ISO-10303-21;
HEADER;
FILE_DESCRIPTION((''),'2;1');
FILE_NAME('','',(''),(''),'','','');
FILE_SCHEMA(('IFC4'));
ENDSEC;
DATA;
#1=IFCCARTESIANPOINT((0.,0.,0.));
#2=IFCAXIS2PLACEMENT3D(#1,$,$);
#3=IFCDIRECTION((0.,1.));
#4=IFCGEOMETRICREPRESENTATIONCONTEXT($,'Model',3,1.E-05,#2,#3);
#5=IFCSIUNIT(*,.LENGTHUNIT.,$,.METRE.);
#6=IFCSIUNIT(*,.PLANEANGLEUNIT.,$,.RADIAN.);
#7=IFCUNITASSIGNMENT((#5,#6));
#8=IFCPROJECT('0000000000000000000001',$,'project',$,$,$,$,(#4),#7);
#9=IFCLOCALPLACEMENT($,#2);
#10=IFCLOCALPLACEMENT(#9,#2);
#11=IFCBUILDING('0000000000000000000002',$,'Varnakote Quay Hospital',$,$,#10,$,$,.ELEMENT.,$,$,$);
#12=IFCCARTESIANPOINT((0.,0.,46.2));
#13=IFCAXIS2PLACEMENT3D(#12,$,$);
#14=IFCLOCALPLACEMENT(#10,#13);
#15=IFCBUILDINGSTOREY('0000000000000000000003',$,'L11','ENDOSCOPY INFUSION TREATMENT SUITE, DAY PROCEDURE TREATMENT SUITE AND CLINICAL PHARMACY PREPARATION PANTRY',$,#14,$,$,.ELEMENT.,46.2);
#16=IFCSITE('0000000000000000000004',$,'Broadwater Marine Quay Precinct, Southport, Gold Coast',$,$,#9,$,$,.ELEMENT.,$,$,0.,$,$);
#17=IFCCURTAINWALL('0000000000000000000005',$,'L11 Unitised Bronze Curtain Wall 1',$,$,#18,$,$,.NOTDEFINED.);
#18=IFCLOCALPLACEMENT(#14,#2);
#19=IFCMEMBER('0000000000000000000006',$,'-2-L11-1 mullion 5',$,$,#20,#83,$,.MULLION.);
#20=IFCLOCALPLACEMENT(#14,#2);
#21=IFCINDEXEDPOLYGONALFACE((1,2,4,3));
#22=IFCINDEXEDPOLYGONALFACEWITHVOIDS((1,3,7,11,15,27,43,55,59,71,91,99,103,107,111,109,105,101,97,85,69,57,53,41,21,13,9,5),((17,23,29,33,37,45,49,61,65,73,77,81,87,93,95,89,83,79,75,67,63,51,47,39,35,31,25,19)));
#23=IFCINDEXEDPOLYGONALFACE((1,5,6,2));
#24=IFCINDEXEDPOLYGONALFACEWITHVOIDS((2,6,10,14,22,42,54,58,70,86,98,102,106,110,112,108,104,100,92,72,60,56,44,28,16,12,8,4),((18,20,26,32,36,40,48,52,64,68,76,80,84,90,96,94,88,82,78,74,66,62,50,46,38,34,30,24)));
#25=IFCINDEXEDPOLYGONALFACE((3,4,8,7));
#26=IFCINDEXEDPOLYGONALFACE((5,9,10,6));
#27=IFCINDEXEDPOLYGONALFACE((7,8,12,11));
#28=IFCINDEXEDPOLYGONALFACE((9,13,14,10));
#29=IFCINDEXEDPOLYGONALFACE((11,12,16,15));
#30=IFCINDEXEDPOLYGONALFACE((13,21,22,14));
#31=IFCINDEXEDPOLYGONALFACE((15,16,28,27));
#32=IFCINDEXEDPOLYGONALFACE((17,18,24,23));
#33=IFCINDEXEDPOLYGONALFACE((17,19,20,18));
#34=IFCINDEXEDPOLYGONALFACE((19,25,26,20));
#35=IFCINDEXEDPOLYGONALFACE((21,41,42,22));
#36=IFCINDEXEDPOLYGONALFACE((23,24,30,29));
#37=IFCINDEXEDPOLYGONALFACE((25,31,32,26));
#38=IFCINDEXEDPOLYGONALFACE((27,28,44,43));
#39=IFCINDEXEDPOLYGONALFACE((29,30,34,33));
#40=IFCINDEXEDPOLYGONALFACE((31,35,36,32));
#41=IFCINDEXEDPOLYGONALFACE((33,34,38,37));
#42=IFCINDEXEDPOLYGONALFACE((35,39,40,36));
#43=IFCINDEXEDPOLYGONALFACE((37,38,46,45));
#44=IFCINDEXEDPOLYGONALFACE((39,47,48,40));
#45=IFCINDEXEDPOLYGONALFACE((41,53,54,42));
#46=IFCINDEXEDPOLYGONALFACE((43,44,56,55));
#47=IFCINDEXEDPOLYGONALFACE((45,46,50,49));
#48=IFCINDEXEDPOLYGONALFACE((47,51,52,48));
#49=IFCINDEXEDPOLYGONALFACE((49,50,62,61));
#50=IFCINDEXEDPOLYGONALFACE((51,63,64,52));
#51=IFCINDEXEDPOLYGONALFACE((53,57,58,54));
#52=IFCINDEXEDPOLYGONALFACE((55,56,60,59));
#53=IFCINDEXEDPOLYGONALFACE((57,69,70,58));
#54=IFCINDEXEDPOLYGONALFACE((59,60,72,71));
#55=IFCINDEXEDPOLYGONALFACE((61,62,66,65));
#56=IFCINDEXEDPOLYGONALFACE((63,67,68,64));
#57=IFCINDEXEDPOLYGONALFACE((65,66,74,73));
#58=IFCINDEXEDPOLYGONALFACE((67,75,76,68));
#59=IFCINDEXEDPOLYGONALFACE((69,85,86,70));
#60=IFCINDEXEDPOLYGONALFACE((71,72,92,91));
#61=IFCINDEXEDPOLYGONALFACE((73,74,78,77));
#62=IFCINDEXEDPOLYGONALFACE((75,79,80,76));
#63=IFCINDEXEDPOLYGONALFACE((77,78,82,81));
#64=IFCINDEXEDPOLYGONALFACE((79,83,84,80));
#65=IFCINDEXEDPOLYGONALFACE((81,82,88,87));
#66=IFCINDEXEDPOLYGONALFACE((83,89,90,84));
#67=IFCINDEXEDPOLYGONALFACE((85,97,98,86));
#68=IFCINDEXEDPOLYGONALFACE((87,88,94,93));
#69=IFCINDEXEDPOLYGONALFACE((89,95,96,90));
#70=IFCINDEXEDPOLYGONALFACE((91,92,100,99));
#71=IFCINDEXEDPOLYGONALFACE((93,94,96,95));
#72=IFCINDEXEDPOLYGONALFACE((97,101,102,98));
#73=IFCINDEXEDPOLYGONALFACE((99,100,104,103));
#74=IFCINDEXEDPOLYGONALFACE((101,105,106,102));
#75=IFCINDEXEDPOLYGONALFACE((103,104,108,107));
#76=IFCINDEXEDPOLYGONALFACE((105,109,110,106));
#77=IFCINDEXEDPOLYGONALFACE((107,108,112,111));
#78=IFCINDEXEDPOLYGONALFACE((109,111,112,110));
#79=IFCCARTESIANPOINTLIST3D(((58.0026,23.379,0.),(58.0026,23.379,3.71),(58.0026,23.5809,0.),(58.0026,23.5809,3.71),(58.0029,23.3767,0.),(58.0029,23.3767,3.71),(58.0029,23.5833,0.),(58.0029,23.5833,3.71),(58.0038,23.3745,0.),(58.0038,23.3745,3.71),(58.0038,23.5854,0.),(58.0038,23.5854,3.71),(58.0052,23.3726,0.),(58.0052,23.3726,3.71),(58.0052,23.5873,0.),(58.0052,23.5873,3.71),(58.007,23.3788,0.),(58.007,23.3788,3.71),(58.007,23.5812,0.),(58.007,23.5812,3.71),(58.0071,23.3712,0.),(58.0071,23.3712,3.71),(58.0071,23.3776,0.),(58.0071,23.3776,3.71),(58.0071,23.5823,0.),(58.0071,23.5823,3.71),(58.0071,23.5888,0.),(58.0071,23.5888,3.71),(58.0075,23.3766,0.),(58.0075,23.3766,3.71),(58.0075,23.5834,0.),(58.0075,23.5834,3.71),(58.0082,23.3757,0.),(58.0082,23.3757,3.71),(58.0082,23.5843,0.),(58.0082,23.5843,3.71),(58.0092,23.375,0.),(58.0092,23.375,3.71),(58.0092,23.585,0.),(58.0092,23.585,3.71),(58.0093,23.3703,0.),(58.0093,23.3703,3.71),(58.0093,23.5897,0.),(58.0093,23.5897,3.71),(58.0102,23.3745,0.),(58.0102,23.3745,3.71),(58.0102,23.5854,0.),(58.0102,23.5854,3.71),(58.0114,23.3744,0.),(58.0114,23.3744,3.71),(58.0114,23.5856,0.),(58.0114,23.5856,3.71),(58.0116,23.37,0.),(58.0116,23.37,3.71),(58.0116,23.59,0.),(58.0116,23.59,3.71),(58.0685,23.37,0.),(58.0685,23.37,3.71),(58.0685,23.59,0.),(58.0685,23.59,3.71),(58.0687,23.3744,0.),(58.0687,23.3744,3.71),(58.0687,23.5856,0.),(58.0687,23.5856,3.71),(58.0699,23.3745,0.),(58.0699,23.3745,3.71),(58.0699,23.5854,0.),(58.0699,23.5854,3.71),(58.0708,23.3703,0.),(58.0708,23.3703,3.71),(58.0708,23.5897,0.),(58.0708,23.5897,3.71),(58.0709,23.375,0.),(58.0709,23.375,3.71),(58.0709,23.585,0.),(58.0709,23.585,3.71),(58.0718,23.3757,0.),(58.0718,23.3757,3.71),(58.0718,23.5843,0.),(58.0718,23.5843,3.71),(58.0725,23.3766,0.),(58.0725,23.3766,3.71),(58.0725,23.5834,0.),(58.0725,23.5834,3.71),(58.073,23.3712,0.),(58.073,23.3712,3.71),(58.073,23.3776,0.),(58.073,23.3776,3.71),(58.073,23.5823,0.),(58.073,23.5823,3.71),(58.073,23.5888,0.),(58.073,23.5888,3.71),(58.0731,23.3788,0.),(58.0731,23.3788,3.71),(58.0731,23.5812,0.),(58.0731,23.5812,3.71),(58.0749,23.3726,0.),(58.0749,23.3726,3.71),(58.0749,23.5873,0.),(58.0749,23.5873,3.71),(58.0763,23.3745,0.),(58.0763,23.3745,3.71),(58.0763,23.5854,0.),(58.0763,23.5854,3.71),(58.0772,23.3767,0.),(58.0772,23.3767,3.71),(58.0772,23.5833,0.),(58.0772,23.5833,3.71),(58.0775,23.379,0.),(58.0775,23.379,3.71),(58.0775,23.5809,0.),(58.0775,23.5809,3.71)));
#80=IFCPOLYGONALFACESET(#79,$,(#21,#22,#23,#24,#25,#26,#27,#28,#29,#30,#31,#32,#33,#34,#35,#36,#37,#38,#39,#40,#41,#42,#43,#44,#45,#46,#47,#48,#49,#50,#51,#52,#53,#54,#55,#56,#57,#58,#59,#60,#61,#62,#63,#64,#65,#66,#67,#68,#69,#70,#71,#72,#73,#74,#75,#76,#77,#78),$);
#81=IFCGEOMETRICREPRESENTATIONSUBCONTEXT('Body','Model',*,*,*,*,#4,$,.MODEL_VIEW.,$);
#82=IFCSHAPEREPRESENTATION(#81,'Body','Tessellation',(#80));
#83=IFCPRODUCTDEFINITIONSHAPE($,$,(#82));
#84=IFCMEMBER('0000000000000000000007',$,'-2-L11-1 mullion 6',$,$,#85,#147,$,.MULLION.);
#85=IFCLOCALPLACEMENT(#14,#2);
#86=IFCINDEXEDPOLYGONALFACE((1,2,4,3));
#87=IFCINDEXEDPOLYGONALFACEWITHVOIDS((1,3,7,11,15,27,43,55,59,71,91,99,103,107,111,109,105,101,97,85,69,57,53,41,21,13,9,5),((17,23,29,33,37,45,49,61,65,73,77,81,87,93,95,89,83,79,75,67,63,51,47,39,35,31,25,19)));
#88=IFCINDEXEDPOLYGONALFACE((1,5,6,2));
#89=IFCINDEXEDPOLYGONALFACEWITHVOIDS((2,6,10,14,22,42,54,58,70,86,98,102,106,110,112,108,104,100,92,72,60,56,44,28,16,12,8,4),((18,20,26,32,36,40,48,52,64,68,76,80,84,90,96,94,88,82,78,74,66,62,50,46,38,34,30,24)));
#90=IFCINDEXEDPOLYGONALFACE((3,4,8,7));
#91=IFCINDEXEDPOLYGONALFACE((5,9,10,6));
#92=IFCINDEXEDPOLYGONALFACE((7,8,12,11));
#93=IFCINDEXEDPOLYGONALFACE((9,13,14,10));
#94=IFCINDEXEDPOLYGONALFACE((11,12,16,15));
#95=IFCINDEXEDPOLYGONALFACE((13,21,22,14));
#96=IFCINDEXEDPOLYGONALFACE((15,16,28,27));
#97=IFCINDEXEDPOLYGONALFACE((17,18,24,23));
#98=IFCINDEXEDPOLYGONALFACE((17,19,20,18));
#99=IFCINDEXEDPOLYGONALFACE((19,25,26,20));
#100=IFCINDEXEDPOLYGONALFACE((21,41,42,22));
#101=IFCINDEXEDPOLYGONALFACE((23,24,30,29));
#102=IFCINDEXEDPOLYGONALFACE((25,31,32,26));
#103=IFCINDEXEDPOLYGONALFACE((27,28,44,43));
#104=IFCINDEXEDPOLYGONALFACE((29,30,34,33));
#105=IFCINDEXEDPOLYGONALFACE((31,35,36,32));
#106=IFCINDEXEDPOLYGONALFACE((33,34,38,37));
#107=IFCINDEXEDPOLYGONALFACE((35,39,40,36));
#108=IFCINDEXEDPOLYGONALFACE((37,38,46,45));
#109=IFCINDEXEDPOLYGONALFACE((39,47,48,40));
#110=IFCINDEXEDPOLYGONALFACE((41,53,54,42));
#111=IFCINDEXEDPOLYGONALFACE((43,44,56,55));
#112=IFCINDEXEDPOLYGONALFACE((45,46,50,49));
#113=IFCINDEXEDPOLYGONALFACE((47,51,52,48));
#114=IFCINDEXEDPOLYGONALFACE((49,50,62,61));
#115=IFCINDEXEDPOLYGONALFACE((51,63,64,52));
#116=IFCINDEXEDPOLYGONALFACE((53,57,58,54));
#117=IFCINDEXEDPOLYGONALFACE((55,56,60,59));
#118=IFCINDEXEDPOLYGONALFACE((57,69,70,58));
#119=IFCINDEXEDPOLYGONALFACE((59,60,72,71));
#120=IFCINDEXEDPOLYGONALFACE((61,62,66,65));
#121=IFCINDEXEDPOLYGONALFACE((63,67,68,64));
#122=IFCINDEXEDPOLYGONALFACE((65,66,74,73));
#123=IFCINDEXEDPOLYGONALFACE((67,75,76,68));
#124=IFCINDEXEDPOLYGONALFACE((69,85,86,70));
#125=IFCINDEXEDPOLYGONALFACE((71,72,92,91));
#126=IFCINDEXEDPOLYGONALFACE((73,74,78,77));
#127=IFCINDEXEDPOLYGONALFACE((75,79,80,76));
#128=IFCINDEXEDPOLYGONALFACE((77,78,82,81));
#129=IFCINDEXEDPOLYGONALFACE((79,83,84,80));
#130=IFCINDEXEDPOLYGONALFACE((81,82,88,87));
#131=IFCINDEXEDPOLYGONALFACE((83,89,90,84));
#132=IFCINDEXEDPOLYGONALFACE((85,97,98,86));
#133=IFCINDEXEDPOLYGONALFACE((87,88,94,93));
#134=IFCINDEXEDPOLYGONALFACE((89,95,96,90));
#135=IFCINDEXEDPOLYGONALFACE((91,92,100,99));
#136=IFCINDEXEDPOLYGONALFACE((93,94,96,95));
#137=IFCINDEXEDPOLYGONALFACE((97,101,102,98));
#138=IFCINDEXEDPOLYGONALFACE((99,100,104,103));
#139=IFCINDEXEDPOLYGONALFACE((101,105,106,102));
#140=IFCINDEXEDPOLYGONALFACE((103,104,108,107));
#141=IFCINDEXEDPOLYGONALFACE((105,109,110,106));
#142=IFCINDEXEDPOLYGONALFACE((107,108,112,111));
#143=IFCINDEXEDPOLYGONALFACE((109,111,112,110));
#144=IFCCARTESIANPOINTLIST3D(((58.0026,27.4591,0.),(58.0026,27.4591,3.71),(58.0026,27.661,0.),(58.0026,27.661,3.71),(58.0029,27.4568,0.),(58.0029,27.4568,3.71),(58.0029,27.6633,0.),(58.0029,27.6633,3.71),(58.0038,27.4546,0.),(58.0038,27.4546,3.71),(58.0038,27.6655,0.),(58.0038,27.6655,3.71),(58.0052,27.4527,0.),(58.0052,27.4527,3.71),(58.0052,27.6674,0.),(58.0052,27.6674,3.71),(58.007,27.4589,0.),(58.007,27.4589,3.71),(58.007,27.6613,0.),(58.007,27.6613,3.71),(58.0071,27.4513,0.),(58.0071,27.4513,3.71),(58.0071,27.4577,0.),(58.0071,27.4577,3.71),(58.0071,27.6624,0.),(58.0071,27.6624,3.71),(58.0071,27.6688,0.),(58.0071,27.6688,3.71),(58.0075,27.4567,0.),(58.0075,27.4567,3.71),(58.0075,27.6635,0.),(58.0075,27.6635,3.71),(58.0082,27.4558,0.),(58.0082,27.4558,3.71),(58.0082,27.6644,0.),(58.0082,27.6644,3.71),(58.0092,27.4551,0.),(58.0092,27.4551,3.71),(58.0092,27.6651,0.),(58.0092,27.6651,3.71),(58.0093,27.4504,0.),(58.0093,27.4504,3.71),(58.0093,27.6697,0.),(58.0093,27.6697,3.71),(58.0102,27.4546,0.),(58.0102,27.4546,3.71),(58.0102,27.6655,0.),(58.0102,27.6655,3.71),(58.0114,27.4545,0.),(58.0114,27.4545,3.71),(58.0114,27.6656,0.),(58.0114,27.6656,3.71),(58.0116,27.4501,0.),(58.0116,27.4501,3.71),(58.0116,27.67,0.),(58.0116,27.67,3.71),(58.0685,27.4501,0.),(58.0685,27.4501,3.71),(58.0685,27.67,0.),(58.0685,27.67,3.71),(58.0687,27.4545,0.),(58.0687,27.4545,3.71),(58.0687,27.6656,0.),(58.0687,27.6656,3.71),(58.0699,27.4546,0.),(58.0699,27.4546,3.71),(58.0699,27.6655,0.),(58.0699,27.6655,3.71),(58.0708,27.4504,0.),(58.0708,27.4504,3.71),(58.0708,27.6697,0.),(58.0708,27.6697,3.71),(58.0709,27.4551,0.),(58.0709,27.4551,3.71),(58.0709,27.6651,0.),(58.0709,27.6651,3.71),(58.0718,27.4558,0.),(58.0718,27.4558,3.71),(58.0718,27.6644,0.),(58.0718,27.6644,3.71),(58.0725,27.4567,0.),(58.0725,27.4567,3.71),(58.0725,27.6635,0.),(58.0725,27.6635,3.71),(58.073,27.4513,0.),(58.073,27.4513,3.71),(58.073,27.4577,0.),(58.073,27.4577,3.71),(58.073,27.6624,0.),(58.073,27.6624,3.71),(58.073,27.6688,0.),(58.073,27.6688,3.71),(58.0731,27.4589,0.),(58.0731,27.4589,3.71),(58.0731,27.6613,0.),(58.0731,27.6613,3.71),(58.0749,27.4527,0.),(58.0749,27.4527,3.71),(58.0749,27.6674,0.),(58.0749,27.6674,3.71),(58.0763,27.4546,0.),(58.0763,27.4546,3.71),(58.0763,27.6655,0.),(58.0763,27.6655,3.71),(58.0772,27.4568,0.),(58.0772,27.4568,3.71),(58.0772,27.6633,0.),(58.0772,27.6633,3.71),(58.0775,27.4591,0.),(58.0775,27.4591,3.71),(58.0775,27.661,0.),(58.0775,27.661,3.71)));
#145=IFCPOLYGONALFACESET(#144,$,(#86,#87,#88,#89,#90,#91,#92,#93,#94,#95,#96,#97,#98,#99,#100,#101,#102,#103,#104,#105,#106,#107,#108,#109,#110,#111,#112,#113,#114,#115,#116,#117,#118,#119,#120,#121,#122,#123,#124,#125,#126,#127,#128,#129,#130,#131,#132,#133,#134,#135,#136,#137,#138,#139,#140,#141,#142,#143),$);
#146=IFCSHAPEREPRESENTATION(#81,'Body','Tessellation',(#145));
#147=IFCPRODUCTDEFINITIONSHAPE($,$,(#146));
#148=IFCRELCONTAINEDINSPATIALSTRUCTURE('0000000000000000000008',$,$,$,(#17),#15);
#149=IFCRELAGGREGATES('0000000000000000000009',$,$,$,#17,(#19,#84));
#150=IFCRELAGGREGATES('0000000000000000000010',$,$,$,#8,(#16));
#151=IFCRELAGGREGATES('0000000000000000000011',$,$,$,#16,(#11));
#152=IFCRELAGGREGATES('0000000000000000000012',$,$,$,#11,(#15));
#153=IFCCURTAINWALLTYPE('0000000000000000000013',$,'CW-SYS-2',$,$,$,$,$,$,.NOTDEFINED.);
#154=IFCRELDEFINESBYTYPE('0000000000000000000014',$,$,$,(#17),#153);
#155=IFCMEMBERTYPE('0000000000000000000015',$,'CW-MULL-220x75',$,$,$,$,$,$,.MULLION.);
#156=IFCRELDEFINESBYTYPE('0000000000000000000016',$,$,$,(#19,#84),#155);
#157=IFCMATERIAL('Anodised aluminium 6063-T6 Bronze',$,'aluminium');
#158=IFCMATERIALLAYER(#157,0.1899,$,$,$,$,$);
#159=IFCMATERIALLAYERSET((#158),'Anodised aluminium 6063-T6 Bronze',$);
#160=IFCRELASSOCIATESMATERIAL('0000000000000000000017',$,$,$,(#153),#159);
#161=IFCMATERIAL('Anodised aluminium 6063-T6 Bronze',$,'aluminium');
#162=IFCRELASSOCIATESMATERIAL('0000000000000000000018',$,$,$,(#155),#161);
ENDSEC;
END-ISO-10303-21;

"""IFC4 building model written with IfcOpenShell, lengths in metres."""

from ifc_helpers import new_model, si_unit, direction, frame, origin, origin_2d, place, context, subcontext, project, spatial, hollow_rectangle, extrude, material, layer, layer_set, material_profile, profile_set, type_object, element, aggregate, save


model = new_model("IFC4")

# Units and contexts
model_context = context("Model", 3, precision=1e-05, world=origin(), true_north=direction((0.0, 1.0)))
body_context = subcontext(model_context, "Body", "Model", "MODEL_VIEW")
ifc_project = project(units=[si_unit("LENGTHUNIT", "METRE"), si_unit("PLANEANGLEUNIT", "RADIAN")], contexts=[model_context])

# Site, building, storey
site_placement = place(None, origin())
site = spatial("IfcSite", under=ifc_project, at=site_placement, Name="Broadwater Marine Quay Precinct, Southport, Gold Coast", CompositionType="ELEMENT", RefElevation=0.0)
building_placement = place(site_placement, origin())
building = spatial("IfcBuilding", under=site, at=building_placement, Name="Varnakote Quay Hospital", CompositionType="ELEMENT")
storey_placement = place(building_placement, frame((0.0, 0.0, 46.2)))
storey = spatial("IfcBuildingStorey", under=building, at=storey_placement, Name="L11", Description="ENDOSCOPY INFUSION TREATMENT SUITE, DAY PROCEDURE TREATMENT SUITE AND CLINICAL PHARMACY PREPARATION PANTRY", CompositionType="ELEMENT", Elevation=46.2)

# Curtain wall, members
ifc_material_1 = material(Name="Anodised aluminium 6063-T6 Bronze", Category="aluminium")
ifc_layer_1 = layer(ifc_material_1, 0.1899)
ifc_layer_set_1 = layer_set([ifc_layer_1], Name="Anodised aluminium 6063-T6 Bronze")
curtain_wall_type = type_object("IfcCurtainWallType", Name="CW-SYS-2", PredefinedType="NOTDEFINED", material=ifc_layer_set_1)
curtain_wall_placement = place(storey_placement, origin())
curtain_wall = element("IfcCurtainWall", 1, at=curtain_wall_placement, inside=storey, type_object=curtain_wall_type, Name="L11 Unitised Bronze Curtain Wall 1", PredefinedType="NOTDEFINED")
ifc_material_2 = material(Name="Anodised aluminium 6063-T6 Bronze", Category="aluminium")
ifc_material_profile_1 = material_profile(ifc_material_2, hollow_rectangle(XDim=0.075, YDim=0.22, WallThickness=0.0044, InnerFilletRadius=0.0044, OuterFilletRadius=0.009, at=origin_2d()), Name="CW-MULL-220x75")
ifc_profile_set_1 = profile_set([ifc_material_profile_1], Name="Anodised aluminium 6063-T6 Bronze")
member_type_1 = type_object("IfcMemberType", Name="CW-MULL-220x75", PredefinedType="MULLION", material=ifc_profile_set_1)
member_1_placement = place(storey_placement, frame((58.04, 23.48, 0.0), z_axis=(0.0, 0.0, 1.0), x_axis=(-1.0, 0.0, 0.0)))
member_1 = element("IfcMember", 2, at=member_1_placement, type_object=member_type_1, Name="-2-L11-1 mullion 5", PredefinedType="MULLION", context=body_context, shape_type="SweptSolid", body=[
    extrude(hollow_rectangle(XDim=0.075, YDim=0.22, WallThickness=0.0044, InnerFilletRadius=0.0044, OuterFilletRadius=0.009, at=origin_2d()), origin(), (0.0, 0.0, 1.0), 3.71),
])
member_2_placement = place(storey_placement, frame((58.04, 27.5601, 0.0), z_axis=(0.0, 0.0, 1.0), x_axis=(-1.0, 0.0, 0.0)))
member_2 = element("IfcMember", 3, at=member_2_placement, type_object=member_type_1, Name="-2-L11-1 mullion 6", PredefinedType="MULLION", context=body_context, shape_type="SweptSolid", body=[
    extrude(hollow_rectangle(XDim=0.075, YDim=0.22, WallThickness=0.0044, InnerFilletRadius=0.0044, OuterFilletRadius=0.009, at=origin_2d()), origin(), (0.0, 0.0, 1.0), 3.71),
])
aggregate(curtain_wall, [member_1, member_2])

save(model, "model.ifc")
